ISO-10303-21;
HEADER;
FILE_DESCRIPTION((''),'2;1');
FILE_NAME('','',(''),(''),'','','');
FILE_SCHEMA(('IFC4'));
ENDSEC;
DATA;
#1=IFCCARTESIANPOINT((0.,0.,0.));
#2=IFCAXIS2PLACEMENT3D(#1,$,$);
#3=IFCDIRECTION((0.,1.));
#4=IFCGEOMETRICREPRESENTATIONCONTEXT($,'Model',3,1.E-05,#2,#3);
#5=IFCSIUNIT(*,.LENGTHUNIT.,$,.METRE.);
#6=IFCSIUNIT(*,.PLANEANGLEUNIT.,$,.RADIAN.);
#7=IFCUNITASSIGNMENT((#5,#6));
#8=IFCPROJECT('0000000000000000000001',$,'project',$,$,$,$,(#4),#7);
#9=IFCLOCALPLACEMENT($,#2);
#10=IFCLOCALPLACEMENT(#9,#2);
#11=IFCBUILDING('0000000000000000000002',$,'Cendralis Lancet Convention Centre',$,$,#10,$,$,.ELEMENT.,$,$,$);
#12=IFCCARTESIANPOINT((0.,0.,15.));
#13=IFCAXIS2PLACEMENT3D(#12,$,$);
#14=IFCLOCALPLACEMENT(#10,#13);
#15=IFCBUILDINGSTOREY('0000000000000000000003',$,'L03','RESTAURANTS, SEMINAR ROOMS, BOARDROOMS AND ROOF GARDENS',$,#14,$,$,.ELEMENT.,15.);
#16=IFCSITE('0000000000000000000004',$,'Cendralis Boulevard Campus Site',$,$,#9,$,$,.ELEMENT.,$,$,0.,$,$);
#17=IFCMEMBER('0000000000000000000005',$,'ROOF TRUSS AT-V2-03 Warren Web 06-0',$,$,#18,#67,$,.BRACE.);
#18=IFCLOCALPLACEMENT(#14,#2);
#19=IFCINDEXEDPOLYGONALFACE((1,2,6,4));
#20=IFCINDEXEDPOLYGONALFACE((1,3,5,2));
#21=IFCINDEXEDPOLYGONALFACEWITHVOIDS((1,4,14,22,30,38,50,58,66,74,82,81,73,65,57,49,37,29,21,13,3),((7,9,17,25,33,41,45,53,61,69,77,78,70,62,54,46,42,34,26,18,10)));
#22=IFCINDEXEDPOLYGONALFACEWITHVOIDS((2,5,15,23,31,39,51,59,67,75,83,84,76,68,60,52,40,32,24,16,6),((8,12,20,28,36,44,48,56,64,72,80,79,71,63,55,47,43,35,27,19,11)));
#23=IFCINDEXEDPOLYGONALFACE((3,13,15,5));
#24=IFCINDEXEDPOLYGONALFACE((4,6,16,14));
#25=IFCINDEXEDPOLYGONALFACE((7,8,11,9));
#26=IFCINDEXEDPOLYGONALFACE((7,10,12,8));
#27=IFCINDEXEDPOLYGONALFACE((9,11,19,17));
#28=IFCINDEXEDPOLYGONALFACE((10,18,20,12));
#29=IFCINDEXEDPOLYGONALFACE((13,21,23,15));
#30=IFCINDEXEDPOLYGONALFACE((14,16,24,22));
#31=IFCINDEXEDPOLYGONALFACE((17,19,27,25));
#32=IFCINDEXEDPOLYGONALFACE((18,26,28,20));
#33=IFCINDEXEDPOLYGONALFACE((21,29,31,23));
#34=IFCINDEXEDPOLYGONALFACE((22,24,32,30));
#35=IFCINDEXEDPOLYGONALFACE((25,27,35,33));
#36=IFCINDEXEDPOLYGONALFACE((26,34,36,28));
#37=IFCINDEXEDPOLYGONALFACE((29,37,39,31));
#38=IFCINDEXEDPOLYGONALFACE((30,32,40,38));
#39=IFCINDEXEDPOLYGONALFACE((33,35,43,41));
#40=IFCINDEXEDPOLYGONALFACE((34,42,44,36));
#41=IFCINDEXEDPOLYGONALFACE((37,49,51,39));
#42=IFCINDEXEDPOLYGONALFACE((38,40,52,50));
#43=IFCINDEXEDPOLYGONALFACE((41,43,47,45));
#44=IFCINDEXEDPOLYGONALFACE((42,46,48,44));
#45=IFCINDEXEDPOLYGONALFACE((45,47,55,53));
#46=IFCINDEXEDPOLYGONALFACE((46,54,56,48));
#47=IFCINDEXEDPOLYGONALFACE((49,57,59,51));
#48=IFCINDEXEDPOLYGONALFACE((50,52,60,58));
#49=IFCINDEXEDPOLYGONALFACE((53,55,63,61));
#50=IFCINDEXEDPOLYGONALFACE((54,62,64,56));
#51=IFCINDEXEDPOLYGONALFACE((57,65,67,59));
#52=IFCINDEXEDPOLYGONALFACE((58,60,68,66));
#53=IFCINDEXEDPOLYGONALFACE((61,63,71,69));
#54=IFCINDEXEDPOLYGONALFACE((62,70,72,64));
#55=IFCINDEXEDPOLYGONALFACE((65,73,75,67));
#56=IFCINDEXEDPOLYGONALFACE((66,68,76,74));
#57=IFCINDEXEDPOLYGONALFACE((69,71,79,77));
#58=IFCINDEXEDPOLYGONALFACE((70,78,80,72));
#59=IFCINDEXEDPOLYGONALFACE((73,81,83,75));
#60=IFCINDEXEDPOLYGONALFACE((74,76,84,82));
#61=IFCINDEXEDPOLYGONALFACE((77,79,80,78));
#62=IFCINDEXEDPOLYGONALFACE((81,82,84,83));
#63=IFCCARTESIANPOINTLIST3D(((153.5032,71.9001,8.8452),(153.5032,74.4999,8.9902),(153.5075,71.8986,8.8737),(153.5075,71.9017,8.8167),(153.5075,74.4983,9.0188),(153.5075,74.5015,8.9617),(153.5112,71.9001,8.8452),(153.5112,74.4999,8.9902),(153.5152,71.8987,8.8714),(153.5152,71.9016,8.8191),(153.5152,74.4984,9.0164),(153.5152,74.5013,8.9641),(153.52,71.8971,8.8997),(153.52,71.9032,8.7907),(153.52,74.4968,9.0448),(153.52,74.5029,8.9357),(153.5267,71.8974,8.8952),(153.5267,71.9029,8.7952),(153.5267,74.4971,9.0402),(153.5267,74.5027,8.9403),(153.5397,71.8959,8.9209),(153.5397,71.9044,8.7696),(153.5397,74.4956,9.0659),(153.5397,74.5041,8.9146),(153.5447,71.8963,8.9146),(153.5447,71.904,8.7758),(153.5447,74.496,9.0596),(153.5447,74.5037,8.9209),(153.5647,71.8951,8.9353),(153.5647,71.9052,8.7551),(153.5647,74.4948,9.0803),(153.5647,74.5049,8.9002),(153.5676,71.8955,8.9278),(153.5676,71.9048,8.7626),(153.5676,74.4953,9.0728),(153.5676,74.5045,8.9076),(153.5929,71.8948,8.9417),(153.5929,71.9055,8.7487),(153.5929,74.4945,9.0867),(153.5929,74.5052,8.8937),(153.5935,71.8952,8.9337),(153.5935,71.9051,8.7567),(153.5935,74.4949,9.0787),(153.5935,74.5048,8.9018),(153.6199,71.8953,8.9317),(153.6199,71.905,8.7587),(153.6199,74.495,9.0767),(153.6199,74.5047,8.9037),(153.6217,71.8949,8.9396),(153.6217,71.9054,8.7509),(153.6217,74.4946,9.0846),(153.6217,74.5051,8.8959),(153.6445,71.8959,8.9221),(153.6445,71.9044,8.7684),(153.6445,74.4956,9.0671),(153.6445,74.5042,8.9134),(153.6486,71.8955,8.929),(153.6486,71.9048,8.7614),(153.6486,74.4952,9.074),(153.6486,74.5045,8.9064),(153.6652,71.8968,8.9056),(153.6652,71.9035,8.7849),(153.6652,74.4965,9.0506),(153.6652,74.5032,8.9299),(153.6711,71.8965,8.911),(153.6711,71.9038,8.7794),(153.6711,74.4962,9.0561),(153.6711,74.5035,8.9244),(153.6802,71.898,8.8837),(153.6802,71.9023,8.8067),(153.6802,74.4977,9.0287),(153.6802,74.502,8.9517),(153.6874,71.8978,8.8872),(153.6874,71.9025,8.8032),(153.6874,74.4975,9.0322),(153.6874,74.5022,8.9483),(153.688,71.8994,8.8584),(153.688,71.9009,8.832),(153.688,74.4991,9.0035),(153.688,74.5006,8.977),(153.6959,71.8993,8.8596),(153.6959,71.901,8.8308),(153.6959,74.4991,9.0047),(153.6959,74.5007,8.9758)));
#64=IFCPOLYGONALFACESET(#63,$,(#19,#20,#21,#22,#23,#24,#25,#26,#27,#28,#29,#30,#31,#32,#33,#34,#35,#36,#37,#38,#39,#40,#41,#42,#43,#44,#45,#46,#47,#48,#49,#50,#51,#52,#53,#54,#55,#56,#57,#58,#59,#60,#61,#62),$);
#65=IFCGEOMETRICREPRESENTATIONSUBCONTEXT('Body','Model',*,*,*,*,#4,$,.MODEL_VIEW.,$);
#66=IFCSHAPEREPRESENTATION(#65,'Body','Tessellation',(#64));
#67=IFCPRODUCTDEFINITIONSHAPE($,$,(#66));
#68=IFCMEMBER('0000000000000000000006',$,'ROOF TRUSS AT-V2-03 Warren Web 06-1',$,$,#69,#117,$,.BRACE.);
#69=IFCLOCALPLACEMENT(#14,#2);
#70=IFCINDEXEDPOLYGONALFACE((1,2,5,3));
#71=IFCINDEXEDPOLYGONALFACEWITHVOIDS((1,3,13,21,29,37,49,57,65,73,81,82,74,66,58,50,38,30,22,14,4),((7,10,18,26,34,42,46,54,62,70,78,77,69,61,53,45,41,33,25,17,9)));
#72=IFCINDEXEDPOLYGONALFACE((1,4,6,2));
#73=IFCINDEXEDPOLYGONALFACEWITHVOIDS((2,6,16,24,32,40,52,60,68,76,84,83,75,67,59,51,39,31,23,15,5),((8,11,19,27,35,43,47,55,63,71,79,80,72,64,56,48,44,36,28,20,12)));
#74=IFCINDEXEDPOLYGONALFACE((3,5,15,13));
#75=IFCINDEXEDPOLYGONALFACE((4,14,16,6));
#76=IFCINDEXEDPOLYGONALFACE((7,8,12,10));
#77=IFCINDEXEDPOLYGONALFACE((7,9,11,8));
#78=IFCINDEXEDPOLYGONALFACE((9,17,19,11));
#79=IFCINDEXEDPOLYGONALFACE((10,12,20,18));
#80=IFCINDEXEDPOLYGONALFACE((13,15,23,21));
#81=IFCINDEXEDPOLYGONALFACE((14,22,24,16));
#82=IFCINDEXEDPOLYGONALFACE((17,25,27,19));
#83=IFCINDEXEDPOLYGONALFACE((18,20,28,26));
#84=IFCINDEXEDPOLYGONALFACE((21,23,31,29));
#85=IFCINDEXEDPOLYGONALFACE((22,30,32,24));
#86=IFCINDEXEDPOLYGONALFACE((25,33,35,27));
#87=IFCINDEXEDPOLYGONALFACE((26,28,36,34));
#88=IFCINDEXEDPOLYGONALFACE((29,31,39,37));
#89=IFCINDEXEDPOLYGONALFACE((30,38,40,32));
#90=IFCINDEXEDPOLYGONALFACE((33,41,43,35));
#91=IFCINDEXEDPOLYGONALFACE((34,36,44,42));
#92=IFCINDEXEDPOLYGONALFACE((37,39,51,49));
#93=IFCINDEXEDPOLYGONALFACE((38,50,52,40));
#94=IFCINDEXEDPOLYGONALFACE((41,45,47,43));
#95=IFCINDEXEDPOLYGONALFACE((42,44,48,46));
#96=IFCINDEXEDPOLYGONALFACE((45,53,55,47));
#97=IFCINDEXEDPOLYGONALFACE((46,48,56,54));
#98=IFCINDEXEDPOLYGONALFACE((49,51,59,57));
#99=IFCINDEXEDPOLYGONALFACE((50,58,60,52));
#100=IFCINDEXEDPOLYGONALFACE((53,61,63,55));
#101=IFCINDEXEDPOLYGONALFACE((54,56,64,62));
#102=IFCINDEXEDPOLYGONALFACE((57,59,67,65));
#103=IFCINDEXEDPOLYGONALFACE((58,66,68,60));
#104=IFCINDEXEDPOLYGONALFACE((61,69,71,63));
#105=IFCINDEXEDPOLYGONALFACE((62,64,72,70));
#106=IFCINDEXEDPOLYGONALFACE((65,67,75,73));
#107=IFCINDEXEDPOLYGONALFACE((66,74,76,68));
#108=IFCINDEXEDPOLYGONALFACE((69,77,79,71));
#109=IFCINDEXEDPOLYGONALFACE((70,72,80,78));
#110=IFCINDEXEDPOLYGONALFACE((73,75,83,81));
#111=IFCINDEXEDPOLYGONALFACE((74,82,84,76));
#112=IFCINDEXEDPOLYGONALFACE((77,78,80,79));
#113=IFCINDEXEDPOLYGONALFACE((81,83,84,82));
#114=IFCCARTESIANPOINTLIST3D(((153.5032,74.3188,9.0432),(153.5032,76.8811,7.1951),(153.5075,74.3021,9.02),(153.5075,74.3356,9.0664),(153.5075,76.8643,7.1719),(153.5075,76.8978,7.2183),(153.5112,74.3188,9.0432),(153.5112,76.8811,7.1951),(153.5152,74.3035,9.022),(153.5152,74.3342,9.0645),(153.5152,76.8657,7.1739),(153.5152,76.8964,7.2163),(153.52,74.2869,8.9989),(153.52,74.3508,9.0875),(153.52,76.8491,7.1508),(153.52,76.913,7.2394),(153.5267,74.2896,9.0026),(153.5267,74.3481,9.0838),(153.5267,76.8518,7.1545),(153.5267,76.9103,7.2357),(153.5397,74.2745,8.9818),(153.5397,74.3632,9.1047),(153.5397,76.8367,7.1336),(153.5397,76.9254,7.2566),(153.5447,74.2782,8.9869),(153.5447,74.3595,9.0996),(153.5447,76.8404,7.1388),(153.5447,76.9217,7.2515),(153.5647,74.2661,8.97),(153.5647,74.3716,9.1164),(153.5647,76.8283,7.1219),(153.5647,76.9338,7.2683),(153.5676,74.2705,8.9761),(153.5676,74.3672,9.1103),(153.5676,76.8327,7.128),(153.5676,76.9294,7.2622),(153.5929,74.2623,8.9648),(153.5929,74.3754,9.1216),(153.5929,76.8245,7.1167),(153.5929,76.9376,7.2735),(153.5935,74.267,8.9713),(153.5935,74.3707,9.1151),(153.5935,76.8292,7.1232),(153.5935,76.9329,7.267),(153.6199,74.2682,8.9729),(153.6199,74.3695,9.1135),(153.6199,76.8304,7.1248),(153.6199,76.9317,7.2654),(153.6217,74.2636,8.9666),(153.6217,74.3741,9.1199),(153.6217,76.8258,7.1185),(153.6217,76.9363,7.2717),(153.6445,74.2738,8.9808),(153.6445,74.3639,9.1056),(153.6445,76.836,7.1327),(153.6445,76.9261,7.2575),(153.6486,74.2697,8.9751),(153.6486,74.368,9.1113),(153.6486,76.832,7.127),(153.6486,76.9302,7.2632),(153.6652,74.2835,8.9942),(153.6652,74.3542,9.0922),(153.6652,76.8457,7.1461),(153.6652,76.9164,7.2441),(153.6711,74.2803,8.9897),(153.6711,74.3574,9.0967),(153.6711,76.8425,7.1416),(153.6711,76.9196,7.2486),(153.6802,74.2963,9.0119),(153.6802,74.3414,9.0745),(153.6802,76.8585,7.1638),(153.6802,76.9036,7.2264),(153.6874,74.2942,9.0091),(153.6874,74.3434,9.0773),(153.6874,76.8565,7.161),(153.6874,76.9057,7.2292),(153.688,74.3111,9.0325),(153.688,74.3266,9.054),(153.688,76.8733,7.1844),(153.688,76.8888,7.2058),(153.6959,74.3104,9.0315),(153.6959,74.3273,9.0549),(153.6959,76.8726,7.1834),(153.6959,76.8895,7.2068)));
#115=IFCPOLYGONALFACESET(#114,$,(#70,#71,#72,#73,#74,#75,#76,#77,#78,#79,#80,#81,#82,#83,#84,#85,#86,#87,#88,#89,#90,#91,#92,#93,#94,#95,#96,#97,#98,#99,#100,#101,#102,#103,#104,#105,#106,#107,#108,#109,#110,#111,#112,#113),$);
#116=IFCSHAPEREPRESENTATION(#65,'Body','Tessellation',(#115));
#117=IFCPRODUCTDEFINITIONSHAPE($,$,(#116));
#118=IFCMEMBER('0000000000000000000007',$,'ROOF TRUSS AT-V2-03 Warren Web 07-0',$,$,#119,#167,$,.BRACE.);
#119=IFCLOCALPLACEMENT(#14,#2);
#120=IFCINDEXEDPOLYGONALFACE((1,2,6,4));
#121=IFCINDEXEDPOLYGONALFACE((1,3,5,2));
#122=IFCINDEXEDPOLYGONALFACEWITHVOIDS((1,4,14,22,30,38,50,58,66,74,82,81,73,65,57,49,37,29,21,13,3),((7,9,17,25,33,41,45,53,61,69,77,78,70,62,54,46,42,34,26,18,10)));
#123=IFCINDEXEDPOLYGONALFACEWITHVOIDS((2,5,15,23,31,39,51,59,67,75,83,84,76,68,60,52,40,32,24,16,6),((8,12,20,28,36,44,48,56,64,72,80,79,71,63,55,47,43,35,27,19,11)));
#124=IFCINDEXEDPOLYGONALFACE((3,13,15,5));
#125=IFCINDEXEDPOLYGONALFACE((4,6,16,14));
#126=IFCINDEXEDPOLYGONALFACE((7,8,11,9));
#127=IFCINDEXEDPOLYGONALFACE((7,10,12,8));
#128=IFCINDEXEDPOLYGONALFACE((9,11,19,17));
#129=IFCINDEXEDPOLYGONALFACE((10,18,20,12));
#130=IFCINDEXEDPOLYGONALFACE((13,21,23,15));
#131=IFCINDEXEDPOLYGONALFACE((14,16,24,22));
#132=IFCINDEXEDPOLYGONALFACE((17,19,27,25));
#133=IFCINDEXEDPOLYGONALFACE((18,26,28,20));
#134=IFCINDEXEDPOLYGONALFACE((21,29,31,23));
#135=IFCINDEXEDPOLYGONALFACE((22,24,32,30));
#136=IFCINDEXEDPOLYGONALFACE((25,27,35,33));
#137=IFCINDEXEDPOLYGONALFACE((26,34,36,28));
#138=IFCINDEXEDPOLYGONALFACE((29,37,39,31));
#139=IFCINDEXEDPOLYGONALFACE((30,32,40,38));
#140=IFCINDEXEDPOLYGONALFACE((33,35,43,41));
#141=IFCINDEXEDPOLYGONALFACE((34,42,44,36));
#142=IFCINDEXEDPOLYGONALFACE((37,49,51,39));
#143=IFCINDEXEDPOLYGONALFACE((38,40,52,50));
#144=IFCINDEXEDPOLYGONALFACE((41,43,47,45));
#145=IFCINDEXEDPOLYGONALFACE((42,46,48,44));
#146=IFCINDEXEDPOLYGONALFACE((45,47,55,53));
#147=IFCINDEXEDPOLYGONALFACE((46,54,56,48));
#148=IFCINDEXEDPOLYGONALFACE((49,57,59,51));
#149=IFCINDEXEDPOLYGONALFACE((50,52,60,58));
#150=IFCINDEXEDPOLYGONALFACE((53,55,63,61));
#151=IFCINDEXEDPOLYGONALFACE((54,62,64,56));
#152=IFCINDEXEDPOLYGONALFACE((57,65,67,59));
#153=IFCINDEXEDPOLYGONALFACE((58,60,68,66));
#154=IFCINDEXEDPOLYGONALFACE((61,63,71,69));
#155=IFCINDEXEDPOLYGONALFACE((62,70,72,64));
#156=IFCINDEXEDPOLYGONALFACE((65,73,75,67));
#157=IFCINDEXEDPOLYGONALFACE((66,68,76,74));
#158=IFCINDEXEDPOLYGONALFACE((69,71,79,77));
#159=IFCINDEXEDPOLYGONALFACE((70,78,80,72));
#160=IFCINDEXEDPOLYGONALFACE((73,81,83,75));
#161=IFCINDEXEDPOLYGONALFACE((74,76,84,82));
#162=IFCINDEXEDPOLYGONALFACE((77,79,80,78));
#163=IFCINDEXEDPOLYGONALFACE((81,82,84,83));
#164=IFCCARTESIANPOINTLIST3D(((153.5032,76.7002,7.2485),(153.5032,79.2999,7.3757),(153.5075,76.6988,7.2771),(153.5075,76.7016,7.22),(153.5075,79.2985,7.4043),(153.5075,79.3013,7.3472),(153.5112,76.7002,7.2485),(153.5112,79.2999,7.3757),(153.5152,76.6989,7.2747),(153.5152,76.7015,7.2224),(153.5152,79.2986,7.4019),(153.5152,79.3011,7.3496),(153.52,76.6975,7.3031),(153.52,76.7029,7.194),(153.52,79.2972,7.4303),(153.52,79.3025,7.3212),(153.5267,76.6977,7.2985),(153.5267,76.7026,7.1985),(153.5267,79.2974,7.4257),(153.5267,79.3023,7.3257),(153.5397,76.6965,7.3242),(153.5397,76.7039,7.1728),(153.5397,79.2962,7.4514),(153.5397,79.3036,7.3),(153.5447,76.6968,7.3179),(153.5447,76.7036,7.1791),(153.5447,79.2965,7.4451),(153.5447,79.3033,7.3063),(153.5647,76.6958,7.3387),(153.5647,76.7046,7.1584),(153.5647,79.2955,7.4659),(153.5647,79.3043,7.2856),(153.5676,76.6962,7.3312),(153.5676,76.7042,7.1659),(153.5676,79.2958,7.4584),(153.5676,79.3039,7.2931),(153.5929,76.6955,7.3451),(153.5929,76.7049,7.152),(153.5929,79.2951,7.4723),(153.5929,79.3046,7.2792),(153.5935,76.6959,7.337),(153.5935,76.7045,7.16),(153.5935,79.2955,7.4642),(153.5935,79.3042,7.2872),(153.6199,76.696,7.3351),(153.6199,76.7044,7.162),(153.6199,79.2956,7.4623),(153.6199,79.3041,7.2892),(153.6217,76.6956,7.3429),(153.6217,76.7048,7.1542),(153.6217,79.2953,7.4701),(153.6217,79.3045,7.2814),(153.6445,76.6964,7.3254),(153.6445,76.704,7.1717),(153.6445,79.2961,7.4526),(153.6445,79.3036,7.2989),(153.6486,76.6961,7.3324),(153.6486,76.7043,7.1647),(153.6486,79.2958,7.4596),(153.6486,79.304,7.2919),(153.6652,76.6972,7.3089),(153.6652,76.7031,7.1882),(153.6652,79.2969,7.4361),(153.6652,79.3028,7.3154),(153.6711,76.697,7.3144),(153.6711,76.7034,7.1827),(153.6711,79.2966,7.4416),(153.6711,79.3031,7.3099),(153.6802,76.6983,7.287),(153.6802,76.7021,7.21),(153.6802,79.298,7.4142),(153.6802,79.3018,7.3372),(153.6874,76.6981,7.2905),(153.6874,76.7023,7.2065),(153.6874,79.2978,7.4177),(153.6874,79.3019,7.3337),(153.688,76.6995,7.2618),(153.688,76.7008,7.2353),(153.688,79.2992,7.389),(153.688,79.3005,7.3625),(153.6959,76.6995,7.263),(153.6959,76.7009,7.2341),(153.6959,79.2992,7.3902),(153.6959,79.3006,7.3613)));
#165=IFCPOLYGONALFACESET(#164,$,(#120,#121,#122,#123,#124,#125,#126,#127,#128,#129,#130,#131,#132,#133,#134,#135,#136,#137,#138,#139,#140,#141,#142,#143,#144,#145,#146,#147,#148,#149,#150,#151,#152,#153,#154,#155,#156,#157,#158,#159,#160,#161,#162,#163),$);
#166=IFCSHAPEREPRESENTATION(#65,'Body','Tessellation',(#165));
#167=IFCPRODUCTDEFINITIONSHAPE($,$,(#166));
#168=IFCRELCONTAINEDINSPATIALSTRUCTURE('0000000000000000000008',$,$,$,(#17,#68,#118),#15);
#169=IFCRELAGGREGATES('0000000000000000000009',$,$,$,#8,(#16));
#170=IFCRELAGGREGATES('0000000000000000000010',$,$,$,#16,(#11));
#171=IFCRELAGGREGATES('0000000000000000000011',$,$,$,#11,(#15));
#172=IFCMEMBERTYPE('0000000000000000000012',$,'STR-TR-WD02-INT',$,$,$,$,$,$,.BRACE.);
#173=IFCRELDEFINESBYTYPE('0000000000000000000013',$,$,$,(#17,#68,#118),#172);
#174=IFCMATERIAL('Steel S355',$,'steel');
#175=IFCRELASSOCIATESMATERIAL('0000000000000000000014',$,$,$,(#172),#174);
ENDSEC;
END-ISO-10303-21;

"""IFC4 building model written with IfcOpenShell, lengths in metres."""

from ifc_helpers import new_model, si_unit, direction, frame, origin, origin_2d, place, context, subcontext, project, spatial, hollow_circle, extrude, material, material_profile, profile_set, type_object, element, save


model = new_model("IFC4")

# Units and contexts
model_context = context("Model", 3, precision=1e-05, world=origin(), true_north=direction((0.0, 1.0)))
body_context = subcontext(model_context, "Body", "Model", "MODEL_VIEW")
ifc_project = project(units=[si_unit("LENGTHUNIT", "METRE"), si_unit("PLANEANGLEUNIT", "RADIAN")], contexts=[model_context])

# Site, building, storey
site_placement = place(None, origin())
site = spatial("IfcSite", under=ifc_project, at=site_placement, Name="Cendralis Boulevard Campus Site", CompositionType="ELEMENT", RefElevation=0.0)
building_placement = place(site_placement, origin())
building = spatial("IfcBuilding", under=site, at=building_placement, Name="Cendralis Lancet Convention Centre", CompositionType="ELEMENT")
storey_placement = place(building_placement, frame((0.0, 0.0, 15.0)))
storey = spatial("IfcBuildingStorey", under=building, at=storey_placement, Name="L03", Description="RESTAURANTS, SEMINAR ROOMS, BOARDROOMS AND ROOF GARDENS", CompositionType="ELEMENT", Elevation=15.0)

# Shared definitions
ifc_material = material(Name="Steel S355", Category="steel")

# Members
ifc_material_profile_1 = material_profile(ifc_material, hollow_circle(Radius=0.0969, WallThickness=0.0081, at=origin_2d()), Name="CHS 193.7x8.0")
ifc_profile_set_1 = profile_set([ifc_material_profile_1], Name="Steel S355")
member_type_1 = type_object("IfcMemberType", Name="STR-TR-WD02-INT", PredefinedType="BRACE", material=ifc_profile_set_1)
member_1_placement = place(storey_placement, frame((153.6001, 71.9001, 8.8452), z_axis=(0.0, 0.998448, 0.055699), x_axis=(-1.0, 0.0, 0.0)))
element("IfcMember", 1, at=member_1_placement, inside=storey, type_object=member_type_1, Name="ROOF TRUSS AT-V2-03 Warren Web 06-0", PredefinedType="BRACE", context=body_context, shape_type="SweptSolid", body=[
    extrude(hollow_circle(Radius=0.0969, WallThickness=0.0081, at=origin_2d()), origin(), (0.0, 0.0, 1.0), 2.6038),
])
member_2_placement = place(storey_placement, frame((153.6001, 74.3188, 9.0432), z_axis=(0.0, 0.811036, -0.584997), x_axis=(-1.0, 0.0, 0.0)))
element("IfcMember", 2, at=member_2_placement, inside=storey, type_object=member_type_1, Name="ROOF TRUSS AT-V2-03 Warren Web 06-1", PredefinedType="BRACE", context=body_context, shape_type="SweptSolid", body=[
    extrude(hollow_circle(Radius=0.0969, WallThickness=0.0081, at=origin_2d()), origin(), (0.0, 0.0, 1.0), 3.1592),
])
member_3_placement = place(storey_placement, frame((153.6001, 76.7002, 7.2485), z_axis=(0.0, 0.998805, 0.048871), x_axis=(-1.0, 0.0, 0.0)))
element("IfcMember", 3, at=member_3_placement, inside=storey, type_object=member_type_1, Name="ROOF TRUSS AT-V2-03 Warren Web 07-0", PredefinedType="BRACE", context=body_context, shape_type="SweptSolid", body=[
    extrude(hollow_circle(Radius=0.0969, WallThickness=0.0081, at=origin_2d()), origin(), (0.0, 0.0, 1.0), 2.6028),
])

save(model, "model.ifc")
